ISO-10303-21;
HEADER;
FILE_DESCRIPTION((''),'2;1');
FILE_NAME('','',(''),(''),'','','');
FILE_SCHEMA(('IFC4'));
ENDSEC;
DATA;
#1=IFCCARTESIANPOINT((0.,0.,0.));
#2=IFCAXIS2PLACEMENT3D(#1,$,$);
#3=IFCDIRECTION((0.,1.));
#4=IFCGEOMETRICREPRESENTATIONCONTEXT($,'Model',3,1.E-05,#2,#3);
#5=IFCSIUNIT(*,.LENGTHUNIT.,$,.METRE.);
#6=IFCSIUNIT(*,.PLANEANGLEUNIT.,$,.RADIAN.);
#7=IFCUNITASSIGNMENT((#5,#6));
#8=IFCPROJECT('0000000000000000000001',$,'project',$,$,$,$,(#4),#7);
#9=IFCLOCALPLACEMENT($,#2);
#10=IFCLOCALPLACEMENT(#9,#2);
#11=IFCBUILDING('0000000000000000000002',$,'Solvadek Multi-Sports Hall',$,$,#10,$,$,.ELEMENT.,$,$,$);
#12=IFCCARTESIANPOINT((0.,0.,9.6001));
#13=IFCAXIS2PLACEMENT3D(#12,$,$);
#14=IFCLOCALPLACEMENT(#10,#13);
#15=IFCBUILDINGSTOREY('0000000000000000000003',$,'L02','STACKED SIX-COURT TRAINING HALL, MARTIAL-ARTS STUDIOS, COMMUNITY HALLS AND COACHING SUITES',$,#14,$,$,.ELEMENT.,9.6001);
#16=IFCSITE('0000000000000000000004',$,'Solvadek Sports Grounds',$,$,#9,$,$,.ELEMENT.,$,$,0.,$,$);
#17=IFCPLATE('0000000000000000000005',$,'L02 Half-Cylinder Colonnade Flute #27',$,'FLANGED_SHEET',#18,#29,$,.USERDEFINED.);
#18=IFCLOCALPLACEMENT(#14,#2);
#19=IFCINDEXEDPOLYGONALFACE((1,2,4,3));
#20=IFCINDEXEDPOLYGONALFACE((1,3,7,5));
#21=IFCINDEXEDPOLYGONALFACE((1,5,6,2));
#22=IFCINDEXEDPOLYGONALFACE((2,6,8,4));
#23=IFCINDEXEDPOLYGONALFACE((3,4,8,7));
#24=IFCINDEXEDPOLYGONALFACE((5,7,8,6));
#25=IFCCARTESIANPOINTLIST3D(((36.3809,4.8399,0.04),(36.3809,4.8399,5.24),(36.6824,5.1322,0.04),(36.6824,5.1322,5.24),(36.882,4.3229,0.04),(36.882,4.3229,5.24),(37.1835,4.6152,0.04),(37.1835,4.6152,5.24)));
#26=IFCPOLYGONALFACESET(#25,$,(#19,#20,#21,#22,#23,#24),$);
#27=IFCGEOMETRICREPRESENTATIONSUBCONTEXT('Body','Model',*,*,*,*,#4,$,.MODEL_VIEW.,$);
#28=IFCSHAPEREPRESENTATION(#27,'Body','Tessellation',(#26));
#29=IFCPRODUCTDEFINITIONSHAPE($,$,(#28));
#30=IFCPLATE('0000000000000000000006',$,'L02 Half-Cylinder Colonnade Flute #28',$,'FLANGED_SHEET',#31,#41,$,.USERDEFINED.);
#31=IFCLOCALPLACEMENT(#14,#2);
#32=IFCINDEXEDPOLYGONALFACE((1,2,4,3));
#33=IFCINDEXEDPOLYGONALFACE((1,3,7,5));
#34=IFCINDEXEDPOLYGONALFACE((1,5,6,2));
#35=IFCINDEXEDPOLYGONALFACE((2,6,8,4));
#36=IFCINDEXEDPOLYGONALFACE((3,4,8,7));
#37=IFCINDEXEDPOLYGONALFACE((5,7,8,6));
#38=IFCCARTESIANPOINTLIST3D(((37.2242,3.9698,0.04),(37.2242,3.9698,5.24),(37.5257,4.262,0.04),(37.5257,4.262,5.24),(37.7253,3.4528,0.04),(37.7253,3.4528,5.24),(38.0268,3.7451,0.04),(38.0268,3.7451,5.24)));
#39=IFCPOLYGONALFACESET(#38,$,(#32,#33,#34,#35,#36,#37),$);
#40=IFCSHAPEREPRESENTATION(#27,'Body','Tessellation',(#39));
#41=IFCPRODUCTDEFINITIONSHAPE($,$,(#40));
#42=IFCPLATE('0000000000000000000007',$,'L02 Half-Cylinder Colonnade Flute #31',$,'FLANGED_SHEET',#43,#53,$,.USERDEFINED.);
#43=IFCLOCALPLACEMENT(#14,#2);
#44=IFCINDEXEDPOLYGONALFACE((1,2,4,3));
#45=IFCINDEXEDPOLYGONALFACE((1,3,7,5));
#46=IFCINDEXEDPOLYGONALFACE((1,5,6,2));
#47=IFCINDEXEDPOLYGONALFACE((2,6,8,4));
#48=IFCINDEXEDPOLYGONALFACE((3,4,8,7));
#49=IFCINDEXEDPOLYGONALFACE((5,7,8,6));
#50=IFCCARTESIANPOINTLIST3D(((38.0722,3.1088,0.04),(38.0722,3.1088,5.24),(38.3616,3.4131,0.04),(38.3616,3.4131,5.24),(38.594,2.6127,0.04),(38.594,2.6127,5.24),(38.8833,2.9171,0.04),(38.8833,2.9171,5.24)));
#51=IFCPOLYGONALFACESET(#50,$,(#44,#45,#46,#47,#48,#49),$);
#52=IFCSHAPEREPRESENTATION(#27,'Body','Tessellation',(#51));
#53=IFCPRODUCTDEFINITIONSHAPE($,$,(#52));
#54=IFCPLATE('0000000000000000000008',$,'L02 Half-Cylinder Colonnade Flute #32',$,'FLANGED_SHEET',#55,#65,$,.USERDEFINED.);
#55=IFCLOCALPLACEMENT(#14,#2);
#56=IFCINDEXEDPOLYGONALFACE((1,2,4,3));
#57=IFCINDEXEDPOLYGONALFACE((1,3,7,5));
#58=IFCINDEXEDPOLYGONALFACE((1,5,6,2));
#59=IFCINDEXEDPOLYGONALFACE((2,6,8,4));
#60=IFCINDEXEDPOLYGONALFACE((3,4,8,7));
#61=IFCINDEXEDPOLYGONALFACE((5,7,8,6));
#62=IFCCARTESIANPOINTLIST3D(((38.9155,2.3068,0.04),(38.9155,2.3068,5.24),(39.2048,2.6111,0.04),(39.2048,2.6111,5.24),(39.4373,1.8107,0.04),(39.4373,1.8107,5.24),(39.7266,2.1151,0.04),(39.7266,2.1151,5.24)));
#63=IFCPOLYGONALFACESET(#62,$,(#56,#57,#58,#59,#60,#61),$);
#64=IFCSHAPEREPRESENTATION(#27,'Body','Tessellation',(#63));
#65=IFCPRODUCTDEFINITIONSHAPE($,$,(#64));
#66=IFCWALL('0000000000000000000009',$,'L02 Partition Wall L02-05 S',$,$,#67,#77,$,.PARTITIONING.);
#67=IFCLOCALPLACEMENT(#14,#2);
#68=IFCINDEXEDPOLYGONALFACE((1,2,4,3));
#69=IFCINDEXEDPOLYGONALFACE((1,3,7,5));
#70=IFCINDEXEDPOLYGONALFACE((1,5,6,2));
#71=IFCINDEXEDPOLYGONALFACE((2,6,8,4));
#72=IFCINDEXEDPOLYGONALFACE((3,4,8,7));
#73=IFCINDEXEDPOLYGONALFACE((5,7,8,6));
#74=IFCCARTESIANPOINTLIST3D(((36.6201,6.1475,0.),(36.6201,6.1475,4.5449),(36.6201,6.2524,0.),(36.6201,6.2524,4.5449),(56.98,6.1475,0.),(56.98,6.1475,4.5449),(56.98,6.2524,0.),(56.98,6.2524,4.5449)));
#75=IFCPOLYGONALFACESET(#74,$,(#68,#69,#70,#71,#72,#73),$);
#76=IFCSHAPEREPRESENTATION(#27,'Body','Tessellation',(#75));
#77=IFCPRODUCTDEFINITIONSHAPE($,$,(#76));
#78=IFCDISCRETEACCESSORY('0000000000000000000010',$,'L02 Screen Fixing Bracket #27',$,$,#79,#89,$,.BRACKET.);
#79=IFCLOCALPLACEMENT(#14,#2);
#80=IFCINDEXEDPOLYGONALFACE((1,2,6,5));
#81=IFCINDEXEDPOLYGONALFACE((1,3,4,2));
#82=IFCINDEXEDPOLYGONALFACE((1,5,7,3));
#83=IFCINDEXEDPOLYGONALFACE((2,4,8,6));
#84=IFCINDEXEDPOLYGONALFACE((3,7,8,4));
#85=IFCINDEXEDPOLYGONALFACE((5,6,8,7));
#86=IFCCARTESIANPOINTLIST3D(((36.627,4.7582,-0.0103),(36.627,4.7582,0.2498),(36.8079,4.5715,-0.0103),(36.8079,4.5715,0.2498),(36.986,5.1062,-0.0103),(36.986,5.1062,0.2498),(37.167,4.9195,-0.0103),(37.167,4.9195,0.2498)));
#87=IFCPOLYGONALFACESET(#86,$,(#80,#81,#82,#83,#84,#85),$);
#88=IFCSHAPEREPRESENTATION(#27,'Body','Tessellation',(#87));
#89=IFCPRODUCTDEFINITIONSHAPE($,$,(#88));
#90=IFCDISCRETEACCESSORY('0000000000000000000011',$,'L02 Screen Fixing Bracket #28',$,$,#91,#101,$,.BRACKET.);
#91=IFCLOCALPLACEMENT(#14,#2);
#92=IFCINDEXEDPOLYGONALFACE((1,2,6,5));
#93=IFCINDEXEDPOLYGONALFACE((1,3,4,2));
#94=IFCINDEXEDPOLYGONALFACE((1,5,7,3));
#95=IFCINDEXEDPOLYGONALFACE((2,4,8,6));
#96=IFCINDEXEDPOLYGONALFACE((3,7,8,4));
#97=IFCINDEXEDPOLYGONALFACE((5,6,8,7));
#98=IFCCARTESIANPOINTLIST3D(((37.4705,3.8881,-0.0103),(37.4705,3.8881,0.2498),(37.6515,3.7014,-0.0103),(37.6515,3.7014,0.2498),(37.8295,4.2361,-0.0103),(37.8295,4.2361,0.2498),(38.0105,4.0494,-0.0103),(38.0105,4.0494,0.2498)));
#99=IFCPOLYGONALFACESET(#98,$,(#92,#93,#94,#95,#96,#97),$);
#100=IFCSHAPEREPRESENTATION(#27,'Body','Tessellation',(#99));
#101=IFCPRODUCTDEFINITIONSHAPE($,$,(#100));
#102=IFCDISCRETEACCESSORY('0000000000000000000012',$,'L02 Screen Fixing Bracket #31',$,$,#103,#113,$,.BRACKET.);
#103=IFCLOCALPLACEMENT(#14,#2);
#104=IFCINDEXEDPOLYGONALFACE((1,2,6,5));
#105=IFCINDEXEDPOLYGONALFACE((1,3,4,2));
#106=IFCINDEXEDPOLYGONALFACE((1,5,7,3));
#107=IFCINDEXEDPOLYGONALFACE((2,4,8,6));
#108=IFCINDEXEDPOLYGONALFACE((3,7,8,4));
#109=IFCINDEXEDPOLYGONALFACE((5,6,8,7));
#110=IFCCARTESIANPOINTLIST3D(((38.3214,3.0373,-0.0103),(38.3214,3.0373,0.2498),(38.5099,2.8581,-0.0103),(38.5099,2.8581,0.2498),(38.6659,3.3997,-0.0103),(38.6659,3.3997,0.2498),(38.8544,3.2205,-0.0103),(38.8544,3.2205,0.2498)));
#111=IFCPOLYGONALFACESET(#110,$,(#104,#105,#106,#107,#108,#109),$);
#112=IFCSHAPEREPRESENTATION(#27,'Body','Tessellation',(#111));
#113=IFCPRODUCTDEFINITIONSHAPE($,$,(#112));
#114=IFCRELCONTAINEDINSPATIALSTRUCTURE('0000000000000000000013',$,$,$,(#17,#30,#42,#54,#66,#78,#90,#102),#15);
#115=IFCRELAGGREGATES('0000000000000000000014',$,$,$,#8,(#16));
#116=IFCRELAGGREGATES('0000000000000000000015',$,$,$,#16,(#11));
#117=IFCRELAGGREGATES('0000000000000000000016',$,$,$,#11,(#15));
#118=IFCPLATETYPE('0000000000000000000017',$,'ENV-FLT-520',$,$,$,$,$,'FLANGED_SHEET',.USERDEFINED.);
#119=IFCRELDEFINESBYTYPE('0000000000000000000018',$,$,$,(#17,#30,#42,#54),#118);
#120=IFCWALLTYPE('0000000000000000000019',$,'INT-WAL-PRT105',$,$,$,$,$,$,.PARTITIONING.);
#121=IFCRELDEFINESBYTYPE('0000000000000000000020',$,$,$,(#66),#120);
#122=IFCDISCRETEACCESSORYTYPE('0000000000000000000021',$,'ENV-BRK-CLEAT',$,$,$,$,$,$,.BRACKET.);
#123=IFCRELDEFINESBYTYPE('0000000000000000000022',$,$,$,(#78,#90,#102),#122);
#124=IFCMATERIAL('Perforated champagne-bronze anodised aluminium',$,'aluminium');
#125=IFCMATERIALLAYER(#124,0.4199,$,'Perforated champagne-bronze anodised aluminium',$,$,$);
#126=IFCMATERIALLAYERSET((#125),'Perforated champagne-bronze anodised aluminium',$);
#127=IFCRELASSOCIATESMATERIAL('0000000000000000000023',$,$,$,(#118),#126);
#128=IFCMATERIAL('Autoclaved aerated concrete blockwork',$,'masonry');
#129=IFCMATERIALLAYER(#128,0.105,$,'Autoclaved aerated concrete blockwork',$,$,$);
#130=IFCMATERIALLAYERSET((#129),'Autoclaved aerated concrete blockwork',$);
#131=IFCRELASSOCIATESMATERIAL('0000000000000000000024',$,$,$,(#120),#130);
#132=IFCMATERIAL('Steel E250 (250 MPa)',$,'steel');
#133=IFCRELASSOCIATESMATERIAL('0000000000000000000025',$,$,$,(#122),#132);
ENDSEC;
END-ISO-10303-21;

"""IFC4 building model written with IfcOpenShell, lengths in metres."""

from ifc_helpers import new_model, si_unit, direction, frame, frame_2d, origin, origin_2d, place, context, subcontext, project, spatial, rectangle, extrude, material, layer, layer_set, type_object, element, save


model = new_model("IFC4")

# Units and contexts
model_context = context("Model", 3, precision=1e-05, world=origin(), true_north=direction((0.0, 1.0)))
body_context = subcontext(model_context, "Body", "Model", "MODEL_VIEW")
ifc_project = project(units=[si_unit("LENGTHUNIT", "METRE"), si_unit("PLANEANGLEUNIT", "RADIAN")], contexts=[model_context])

# Site, building, storey
site_placement = place(None, origin())
site = spatial("IfcSite", under=ifc_project, at=site_placement, Name="Solvadek Sports Grounds", CompositionType="ELEMENT", RefElevation=0.0)
building_placement = place(site_placement, origin())
building = spatial("IfcBuilding", under=site, at=building_placement, Name="Solvadek Multi-Sports Hall", CompositionType="ELEMENT")
storey_placement = place(building_placement, frame((0.0, 0.0, 9.6001)))
storey = spatial("IfcBuildingStorey", under=building, at=storey_placement, Name="L02", Description="STACKED SIX-COURT TRAINING HALL, MARTIAL-ARTS STUDIOS, COMMUNITY HALLS AND COACHING SUITES", CompositionType="ELEMENT", Elevation=9.6001)

# Shared definitions
ifc_material_1 = material(Name="Steel E250 (250 MPa)", Category="steel")

# Plates
ifc_material_2 = material(Name="Perforated champagne-bronze anodised aluminium", Category="aluminium")
ifc_layer_1 = layer(ifc_material_2, 0.4199, Name="Perforated champagne-bronze anodised aluminium")
ifc_layer_set_1 = layer_set([ifc_layer_1], Name="Perforated champagne-bronze anodised aluminium")
plate_type_1 = type_object("IfcPlateType", Name="ENV-FLT-520", ElementType="FLANGED_SHEET", PredefinedType="USERDEFINED", material=ifc_layer_set_1)
for number, where, z_axis, x_axis, name in (
    (1, (36.7822, 4.7275, 0.04), (0.0, 0.0, 1.0), (0.696005, -0.718037, 0.0), "L02 Half-Cylinder Colonnade Flute #27"),
    (2, (37.6255, 3.8574, 0.04), (0.0, 0.0, 1.0), (0.696005, -0.718037, 0.0), "L02 Half-Cylinder Colonnade Flute #28"),
    (3, (38.4778, 3.0129, 0.04), (0.0, 0.0, 1.0), (0.724733, -0.689029, 0.0), "L02 Half-Cylinder Colonnade Flute #31"),
    (4, (39.321, 2.2109, 0.04), (0.0, 0.0, 1.0), (0.724733, -0.689029, 0.0), "L02 Half-Cylinder Colonnade Flute #32"),
):
    element("IfcPlate", number, at=place(storey_placement, frame(where, z_axis=z_axis, x_axis=x_axis)), inside=storey, type_object=plate_type_1, Name=name, ObjectType="FLANGED_SHEET", PredefinedType="USERDEFINED", context=body_context, shape_type="SweptSolid", body=[
        extrude(rectangle(XDim=0.72, YDim=0.4199, at=origin_2d()), origin(), (0.0, 0.0, 1.0), 5.2),
    ])

# Wall
ifc_material_3 = material(Name="Autoclaved aerated concrete blockwork", Category="masonry")
ifc_layer_2 = layer(ifc_material_3, 0.105, Name="Autoclaved aerated concrete blockwork")
ifc_layer_set_2 = layer_set([ifc_layer_2], Name="Autoclaved aerated concrete blockwork")
wall_type = type_object("IfcWallType", Name="INT-WAL-PRT105", PredefinedType="PARTITIONING", material=ifc_layer_set_2)
wall_placement = place(storey_placement, frame((36.6201, 6.2, 0.0), z_axis=(0.0, 0.0, 1.0), x_axis=(1.0, 0.0, 0.0)))
element("IfcWall", 5, at=wall_placement, inside=storey, type_object=wall_type, Name="L02 Partition Wall L02-05 S", PredefinedType="PARTITIONING", context=body_context, shape_type="SweptSolid", body=[
    extrude(rectangle(XDim=20.3599, YDim=0.105, at=frame_2d((10.1799, 0.0))), origin(), (0.0, 0.0, 1.0), 4.5449),
])

# Discrete accessories
discrete_accessory_type = type_object("IfcDiscreteAccessoryType", Name="ENV-BRK-CLEAT", PredefinedType="BRACKET", material=ifc_material_1)
for number, where, z_axis, x_axis, name in (
    (6, (36.897, 4.8389, -0.0103), (0.0, 0.0, 1.0), (0.696005, -0.718037, 0.0), "L02 Screen Fixing Bracket #27"),
    (7, (37.7405, 3.9688, -0.0103), (0.0, 0.0, 1.0), (0.696005, -0.718037, 0.0), "L02 Screen Fixing Bracket #28"),
    (8, (38.5879, 3.1289, -0.0103), (0.0, 0.0, 1.0), (0.724733, -0.689029, 0.0), "L02 Screen Fixing Bracket #31"),
):
    element("IfcDiscreteAccessory", number, at=place(storey_placement, frame(where, z_axis=z_axis, x_axis=x_axis)), inside=storey, type_object=discrete_accessory_type, Name=name, PredefinedType="BRACKET", context=body_context, shape_type="SweptSolid", body=[
        extrude(rectangle(XDim=0.26, YDim=0.5, at=origin_2d()), origin(), (0.0, 0.0, 1.0), 0.26),
    ])

save(model, "model.ifc")
